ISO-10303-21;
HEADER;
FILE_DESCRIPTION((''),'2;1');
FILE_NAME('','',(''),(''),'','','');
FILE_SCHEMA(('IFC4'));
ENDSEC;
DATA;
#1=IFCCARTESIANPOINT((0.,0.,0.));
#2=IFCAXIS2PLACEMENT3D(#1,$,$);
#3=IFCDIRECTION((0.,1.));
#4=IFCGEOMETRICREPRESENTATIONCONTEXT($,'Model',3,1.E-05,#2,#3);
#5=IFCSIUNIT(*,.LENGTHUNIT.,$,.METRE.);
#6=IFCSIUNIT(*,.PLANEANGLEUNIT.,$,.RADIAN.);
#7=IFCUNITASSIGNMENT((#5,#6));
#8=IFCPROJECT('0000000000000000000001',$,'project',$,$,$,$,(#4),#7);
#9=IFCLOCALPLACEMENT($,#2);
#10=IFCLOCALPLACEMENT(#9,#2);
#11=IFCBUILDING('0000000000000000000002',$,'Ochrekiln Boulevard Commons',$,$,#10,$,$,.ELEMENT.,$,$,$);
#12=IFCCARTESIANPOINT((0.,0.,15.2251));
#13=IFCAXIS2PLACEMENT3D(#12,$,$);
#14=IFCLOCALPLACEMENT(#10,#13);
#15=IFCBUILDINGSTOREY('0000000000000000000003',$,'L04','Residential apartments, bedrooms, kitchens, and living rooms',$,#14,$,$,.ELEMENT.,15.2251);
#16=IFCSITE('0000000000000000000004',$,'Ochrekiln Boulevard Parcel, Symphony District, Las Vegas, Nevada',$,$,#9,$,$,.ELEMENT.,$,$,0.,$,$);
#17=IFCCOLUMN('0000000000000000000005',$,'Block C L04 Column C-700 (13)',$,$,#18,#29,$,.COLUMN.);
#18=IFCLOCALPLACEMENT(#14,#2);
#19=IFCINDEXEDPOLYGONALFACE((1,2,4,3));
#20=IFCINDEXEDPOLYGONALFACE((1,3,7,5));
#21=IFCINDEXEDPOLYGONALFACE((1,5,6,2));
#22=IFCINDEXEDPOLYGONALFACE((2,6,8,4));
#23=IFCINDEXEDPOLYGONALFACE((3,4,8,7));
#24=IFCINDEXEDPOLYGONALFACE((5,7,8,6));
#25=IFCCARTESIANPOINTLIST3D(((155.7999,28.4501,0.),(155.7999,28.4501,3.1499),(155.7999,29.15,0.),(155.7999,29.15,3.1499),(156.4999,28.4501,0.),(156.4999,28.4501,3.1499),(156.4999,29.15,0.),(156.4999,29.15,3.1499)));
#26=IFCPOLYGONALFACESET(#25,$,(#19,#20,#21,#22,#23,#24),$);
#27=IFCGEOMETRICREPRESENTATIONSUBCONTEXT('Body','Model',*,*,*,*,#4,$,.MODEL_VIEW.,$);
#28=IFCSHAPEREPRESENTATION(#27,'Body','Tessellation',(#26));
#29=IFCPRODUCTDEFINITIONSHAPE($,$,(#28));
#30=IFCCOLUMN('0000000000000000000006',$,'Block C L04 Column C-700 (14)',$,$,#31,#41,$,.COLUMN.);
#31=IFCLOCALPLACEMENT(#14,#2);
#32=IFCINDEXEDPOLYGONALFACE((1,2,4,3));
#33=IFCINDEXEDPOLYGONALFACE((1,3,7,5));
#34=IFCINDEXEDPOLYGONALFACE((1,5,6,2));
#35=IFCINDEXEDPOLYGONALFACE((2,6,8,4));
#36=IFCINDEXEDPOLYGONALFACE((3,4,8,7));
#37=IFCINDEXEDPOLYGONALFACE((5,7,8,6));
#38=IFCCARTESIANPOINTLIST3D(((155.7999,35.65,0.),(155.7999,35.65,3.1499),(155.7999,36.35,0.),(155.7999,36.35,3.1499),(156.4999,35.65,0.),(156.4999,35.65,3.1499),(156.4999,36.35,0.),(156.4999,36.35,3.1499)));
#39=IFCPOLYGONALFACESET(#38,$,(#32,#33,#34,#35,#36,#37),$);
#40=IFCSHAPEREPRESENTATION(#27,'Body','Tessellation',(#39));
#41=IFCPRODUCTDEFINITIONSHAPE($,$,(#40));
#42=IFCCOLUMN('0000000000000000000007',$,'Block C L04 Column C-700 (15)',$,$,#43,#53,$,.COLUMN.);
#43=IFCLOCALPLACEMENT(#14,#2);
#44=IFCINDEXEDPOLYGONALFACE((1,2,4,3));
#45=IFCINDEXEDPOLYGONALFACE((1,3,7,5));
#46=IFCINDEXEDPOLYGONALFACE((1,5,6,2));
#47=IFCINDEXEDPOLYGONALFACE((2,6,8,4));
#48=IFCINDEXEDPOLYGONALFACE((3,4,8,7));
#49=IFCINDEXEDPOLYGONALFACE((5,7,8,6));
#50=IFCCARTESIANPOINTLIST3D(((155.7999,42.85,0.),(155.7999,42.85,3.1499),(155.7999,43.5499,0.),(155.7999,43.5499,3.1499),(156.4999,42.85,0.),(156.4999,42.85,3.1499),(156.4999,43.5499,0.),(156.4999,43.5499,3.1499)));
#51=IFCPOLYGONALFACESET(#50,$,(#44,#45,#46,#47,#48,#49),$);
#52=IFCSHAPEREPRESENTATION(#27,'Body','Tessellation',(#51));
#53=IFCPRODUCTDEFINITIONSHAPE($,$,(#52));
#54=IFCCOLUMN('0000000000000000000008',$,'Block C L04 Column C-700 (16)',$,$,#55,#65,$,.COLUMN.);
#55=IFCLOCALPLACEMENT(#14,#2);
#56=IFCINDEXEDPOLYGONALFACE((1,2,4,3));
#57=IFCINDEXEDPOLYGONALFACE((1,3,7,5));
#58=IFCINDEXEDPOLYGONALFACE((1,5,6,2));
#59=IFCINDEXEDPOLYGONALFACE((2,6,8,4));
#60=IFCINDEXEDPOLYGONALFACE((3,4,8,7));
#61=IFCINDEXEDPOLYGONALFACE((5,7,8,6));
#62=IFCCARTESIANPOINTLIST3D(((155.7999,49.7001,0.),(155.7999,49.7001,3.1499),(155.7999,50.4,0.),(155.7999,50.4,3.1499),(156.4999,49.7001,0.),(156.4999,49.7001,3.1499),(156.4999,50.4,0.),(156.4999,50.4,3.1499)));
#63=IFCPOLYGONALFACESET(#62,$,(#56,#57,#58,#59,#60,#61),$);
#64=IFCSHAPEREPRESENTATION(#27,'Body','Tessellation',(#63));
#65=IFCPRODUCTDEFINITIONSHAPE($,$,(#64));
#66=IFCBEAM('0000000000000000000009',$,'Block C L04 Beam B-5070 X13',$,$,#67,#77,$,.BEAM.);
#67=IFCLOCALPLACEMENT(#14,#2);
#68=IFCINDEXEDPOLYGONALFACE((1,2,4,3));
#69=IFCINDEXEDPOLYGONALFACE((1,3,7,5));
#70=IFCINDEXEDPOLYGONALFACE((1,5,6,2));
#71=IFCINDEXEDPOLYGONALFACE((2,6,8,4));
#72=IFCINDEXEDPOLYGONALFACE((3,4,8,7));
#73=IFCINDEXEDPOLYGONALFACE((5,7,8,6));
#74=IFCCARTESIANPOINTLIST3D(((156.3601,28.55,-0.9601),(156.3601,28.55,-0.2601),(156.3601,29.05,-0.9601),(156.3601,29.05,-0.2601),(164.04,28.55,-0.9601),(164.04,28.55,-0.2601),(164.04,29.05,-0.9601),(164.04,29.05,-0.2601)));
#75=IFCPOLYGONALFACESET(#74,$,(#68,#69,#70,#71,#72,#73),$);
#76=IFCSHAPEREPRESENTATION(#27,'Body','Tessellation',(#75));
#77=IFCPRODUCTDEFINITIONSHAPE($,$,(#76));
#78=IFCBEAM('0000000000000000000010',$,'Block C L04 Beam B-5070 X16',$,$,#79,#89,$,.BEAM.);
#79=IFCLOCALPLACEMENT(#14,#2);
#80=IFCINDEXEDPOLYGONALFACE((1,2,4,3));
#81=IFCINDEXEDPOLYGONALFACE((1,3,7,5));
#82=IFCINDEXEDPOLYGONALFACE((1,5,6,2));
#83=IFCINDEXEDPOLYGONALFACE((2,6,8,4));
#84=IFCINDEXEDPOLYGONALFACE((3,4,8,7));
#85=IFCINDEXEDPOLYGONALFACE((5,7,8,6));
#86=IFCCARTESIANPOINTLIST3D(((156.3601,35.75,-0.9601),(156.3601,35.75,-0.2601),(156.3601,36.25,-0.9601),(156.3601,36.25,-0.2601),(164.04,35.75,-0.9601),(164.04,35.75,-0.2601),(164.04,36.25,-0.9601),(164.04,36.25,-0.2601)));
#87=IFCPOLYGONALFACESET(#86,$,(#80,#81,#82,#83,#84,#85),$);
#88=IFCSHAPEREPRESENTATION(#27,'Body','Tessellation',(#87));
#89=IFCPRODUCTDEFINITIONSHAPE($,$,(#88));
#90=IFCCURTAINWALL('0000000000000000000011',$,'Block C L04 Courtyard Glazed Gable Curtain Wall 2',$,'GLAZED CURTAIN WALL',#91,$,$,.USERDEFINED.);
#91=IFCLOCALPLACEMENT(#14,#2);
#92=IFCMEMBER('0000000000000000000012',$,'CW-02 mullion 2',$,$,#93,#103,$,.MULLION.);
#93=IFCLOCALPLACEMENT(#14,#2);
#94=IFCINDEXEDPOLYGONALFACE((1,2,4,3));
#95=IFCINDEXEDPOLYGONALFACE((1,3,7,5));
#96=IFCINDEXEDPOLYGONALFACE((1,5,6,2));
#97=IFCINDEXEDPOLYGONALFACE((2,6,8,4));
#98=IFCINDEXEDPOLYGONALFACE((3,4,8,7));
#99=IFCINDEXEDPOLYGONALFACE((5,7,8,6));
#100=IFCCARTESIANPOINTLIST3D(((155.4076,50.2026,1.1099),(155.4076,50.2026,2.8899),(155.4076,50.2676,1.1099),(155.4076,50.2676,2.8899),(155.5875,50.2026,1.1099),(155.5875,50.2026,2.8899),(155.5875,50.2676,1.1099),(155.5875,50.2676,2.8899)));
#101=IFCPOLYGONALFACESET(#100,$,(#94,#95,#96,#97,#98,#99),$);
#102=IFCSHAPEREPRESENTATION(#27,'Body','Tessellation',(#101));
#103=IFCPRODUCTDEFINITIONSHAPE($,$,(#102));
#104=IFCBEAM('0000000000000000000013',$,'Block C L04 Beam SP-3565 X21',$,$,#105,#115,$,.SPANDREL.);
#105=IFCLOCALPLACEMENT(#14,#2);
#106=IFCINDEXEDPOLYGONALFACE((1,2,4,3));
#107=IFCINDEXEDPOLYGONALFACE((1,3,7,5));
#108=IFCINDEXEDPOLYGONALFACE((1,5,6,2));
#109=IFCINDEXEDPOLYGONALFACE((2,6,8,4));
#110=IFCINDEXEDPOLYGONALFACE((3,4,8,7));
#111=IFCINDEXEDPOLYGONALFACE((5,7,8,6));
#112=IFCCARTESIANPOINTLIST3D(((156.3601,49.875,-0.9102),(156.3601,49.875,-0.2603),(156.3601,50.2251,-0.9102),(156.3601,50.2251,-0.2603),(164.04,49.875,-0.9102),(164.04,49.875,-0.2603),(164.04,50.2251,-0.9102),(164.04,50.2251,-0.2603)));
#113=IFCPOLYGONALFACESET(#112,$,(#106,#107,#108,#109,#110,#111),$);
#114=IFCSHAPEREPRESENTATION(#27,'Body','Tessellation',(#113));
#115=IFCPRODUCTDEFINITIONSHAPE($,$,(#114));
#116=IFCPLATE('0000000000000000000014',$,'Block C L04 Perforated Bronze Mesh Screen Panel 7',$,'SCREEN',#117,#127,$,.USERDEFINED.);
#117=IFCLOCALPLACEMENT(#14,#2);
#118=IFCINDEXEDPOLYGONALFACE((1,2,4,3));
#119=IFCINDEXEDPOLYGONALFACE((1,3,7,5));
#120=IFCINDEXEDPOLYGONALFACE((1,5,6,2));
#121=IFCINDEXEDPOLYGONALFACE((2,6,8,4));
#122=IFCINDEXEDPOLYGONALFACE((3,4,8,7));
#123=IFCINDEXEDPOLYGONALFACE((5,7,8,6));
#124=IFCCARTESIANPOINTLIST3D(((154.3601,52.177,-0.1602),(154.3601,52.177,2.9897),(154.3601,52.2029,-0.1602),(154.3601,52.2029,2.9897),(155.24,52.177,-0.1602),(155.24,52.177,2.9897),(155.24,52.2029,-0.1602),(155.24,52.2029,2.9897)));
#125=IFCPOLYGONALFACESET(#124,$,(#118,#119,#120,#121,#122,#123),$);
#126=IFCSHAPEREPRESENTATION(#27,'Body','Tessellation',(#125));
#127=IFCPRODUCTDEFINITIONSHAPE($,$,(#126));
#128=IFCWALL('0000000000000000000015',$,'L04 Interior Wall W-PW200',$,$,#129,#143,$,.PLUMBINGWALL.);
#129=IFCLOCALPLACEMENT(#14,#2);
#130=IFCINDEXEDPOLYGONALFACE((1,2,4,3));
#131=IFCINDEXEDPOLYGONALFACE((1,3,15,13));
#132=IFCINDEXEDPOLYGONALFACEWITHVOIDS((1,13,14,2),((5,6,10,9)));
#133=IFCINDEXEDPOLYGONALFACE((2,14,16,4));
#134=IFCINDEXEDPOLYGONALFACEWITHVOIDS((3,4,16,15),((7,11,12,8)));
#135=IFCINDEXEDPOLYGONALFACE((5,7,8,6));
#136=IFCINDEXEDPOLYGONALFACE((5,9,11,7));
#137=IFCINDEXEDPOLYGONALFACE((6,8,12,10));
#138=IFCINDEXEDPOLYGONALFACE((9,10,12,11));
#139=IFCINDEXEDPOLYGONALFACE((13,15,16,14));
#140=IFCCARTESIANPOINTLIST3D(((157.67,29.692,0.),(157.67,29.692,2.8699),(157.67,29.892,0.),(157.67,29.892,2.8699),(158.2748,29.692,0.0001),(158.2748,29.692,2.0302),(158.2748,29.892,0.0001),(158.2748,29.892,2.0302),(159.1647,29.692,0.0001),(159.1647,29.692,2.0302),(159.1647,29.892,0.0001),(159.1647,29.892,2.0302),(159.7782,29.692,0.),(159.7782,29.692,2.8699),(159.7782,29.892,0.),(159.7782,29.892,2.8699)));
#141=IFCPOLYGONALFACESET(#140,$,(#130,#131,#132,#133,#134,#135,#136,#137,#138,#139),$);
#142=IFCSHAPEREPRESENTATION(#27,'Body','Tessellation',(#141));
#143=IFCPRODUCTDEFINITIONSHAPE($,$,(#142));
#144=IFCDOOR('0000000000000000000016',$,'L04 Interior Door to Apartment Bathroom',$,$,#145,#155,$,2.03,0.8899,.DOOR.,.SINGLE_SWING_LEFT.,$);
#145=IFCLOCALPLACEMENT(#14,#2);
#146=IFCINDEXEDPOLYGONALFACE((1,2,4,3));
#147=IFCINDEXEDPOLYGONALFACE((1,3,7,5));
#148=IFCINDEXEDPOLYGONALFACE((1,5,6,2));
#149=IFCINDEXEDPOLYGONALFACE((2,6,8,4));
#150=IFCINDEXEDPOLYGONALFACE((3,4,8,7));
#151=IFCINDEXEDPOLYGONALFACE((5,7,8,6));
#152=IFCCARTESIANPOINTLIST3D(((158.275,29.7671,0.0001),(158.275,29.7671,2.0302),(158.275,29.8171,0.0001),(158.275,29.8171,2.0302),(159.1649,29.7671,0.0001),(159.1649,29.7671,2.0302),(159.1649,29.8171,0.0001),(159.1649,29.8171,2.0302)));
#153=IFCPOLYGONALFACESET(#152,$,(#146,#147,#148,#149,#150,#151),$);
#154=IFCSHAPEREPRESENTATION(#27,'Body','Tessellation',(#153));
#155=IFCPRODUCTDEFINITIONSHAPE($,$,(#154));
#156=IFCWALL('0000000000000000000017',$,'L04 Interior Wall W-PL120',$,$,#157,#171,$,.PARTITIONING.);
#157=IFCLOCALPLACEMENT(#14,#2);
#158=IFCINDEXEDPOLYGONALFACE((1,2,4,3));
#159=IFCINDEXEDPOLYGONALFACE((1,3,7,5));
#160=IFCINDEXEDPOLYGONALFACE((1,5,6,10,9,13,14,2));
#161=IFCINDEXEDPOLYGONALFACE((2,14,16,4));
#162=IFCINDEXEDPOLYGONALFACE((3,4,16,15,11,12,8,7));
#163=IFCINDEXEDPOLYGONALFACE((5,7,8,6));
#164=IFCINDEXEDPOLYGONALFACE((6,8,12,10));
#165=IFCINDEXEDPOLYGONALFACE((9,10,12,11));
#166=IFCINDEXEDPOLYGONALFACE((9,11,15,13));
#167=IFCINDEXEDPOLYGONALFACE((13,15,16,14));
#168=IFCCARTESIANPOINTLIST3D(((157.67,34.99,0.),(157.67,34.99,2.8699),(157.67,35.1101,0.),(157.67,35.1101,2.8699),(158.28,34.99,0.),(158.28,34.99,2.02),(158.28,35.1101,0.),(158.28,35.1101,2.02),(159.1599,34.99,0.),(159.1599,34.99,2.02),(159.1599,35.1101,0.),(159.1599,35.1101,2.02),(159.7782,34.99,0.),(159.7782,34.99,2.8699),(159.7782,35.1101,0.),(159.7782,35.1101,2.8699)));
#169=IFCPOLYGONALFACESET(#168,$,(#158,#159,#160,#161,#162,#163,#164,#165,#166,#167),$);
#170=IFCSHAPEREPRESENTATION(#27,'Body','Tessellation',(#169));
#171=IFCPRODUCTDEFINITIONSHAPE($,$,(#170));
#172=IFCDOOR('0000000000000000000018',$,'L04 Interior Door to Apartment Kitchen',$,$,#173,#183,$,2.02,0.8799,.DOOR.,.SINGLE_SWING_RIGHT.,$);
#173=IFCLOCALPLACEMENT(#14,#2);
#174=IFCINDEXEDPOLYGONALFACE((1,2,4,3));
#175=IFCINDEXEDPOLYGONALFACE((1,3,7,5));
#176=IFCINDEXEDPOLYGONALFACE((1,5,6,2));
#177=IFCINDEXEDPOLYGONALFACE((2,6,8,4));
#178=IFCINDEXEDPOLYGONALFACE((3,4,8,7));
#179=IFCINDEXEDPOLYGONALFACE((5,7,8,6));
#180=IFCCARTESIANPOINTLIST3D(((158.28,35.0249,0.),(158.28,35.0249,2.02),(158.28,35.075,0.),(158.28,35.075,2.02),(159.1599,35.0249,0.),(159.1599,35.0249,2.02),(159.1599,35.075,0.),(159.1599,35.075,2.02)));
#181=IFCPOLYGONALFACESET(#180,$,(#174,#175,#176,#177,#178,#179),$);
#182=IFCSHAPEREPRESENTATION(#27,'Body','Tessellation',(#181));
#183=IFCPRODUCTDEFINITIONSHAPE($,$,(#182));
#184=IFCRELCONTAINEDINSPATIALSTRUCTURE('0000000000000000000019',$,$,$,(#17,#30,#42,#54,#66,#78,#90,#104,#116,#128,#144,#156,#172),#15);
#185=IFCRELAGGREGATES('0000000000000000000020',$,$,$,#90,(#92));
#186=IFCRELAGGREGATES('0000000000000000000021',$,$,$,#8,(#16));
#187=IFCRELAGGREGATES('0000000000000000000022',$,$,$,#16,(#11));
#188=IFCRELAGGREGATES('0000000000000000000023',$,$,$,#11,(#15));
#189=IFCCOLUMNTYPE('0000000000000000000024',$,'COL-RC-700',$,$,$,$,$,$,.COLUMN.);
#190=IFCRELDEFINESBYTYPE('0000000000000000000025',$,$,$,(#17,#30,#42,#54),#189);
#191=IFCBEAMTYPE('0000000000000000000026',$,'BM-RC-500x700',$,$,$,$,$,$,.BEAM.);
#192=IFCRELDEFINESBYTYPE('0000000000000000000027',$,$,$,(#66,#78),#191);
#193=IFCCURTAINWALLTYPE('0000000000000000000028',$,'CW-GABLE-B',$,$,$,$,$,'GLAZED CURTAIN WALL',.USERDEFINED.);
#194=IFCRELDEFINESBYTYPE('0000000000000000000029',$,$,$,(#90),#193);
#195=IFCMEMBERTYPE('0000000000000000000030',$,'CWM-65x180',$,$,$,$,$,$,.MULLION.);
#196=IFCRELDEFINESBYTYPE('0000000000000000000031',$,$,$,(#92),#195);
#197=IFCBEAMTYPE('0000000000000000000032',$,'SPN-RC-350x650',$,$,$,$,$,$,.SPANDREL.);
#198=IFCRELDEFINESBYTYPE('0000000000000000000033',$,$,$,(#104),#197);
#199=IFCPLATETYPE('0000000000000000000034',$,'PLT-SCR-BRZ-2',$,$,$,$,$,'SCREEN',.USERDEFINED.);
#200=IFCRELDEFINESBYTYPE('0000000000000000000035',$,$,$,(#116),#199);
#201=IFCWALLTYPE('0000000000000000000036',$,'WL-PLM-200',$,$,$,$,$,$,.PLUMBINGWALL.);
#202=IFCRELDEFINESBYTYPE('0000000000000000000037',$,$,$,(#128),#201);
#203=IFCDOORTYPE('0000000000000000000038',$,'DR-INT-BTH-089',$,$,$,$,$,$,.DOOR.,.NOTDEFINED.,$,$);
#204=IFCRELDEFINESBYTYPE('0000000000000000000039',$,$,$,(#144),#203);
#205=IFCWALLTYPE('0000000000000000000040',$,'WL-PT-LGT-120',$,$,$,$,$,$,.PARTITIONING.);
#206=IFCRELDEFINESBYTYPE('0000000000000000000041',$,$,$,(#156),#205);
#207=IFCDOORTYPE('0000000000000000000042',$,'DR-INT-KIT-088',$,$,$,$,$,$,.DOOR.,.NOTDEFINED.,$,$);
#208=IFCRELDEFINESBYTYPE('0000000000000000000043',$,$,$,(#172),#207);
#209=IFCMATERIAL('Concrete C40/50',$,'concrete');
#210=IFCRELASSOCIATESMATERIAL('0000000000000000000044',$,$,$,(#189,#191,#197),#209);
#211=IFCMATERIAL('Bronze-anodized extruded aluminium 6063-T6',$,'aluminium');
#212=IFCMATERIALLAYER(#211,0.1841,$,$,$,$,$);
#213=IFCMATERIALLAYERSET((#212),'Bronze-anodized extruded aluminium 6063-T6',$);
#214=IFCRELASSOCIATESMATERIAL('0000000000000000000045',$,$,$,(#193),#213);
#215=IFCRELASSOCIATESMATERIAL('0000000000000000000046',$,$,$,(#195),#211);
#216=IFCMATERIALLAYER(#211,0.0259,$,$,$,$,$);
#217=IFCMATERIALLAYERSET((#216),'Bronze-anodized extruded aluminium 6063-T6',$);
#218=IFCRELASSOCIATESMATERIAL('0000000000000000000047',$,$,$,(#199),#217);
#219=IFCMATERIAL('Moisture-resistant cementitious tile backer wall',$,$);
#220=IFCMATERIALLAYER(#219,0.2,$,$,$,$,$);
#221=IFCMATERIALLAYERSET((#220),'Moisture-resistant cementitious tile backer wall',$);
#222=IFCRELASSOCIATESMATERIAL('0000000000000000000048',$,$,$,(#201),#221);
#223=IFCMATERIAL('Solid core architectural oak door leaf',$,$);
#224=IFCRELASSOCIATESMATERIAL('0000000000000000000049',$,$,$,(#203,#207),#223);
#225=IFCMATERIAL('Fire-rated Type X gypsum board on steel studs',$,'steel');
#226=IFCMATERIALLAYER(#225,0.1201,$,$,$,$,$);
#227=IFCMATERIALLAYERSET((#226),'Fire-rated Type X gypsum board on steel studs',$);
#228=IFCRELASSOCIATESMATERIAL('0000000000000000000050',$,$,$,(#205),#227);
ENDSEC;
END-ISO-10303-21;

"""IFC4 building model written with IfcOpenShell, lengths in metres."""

from ifc_helpers import new_model, si_unit, direction, frame, frame_2d, origin, origin_2d, place, context, subcontext, project, spatial, rectangle, extrude, material, layer, layer_set, material_profile, profile_set, type_object, element, fill, aggregate, save


model = new_model("IFC4")

# Units and contexts
model_context = context("Model", 3, precision=1e-05, world=origin(), true_north=direction((0.0, 1.0)))
body_context = subcontext(model_context, "Body", "Model", "MODEL_VIEW")
ifc_project = project(units=[si_unit("LENGTHUNIT", "METRE"), si_unit("PLANEANGLEUNIT", "RADIAN")], contexts=[model_context])

# Site, building, storey
site_placement = place(None, origin())
site = spatial("IfcSite", under=ifc_project, at=site_placement, Name="Ochrekiln Boulevard Parcel, Symphony District, Las Vegas, Nevada", CompositionType="ELEMENT", RefElevation=0.0)
building_placement = place(site_placement, origin())
building = spatial("IfcBuilding", under=site, at=building_placement, Name="Ochrekiln Boulevard Commons", CompositionType="ELEMENT")
storey_placement = place(building_placement, frame((0.0, 0.0, 15.2251)))
storey = spatial("IfcBuildingStorey", under=building, at=storey_placement, Name="L04", Description="Residential apartments, bedrooms, kitchens, and living rooms", CompositionType="ELEMENT", Elevation=15.2251)

# Columns
ifc_material_1 = material(Name="Concrete C40/50", Category="concrete")
ifc_material_profile_1 = material_profile(ifc_material_1, rectangle(XDim=0.7, YDim=0.7, at=origin_2d()), Name="RC-COL-700x700")
ifc_profile_set_1 = profile_set([ifc_material_profile_1], Name="Concrete C40/50")
column_type = type_object("IfcColumnType", Name="COL-RC-700", PredefinedType="COLUMN", material=ifc_profile_set_1)
for number, where, z_axis, x_axis, name in (
    (1, (156.1499, 28.8, 0.0), (0.0, 0.0, 1.0), (1.0, 0.0, 0.0), "Block C L04 Column C-700 (13)"),
    (2, (156.1499, 36.0, 0.0), (0.0, 0.0, 1.0), (1.0, 0.0, 0.0), "Block C L04 Column C-700 (14)"),
    (3, (156.1499, 43.2, 0.0), (0.0, 0.0, 1.0), (1.0, 0.0, 0.0), "Block C L04 Column C-700 (15)"),
    (4, (156.1499, 50.05, 0.0), (0.0, 0.0, 1.0), (1.0, 0.0, 0.0), "Block C L04 Column C-700 (16)"),
):
    element("IfcColumn", number, at=place(storey_placement, frame(where, z_axis=z_axis, x_axis=x_axis)), inside=storey, type_object=column_type, Name=name, PredefinedType="COLUMN", context=body_context, shape_type="SweptSolid", body=[
        extrude(rectangle(XDim=0.7, YDim=0.7, at=origin_2d()), origin(), (0.0, 0.0, 1.0), 3.1499),
    ])

# Beams
ifc_material_profile_2 = material_profile(ifc_material_1, rectangle(XDim=0.5, YDim=0.7, at=origin_2d()), Name="RC-BM-500x700")
ifc_profile_set_2 = profile_set([ifc_material_profile_2], Name="Concrete C40/50")
beam_type_1 = type_object("IfcBeamType", Name="BM-RC-500x700", PredefinedType="BEAM", material=ifc_profile_set_2)
for number, where, z_axis, x_axis, name in (
    (5, (156.3601, 28.8, -0.6101), (1.0, 0.0, 0.0), (0.0, 1.0, 0.0), "Block C L04 Beam B-5070 X13"),
    (6, (156.3601, 36.0, -0.6101), (1.0, 0.0, 0.0), (0.0, 1.0, 0.0), "Block C L04 Beam B-5070 X16"),
):
    element("IfcBeam", number, at=place(storey_placement, frame(where, z_axis=z_axis, x_axis=x_axis)), inside=storey, type_object=beam_type_1, Name=name, PredefinedType="BEAM", context=body_context, shape_type="SweptSolid", body=[
        extrude(rectangle(XDim=0.5, YDim=0.7, at=origin_2d()), origin(), (0.0, 0.0, 1.0), 7.6799),
    ])

# Curtain wall, member
ifc_material_2 = material(Name="Bronze-anodized extruded aluminium 6063-T6", Category="aluminium")
ifc_layer_1 = layer(ifc_material_2, 0.1841)
ifc_layer_set_1 = layer_set([ifc_layer_1], Name="Bronze-anodized extruded aluminium 6063-T6")
curtain_wall_type = type_object("IfcCurtainWallType", Name="CW-GABLE-B", ElementType="GLAZED CURTAIN WALL", PredefinedType="USERDEFINED", material=ifc_layer_set_1)
curtain_wall_placement = place(storey_placement, origin())
curtain_wall = element("IfcCurtainWall", 7, at=curtain_wall_placement, inside=storey, type_object=curtain_wall_type, Name="Block C L04 Courtyard Glazed Gable Curtain Wall 2", ObjectType="GLAZED CURTAIN WALL", PredefinedType="USERDEFINED")
ifc_material_profile_3 = material_profile(ifc_material_2, rectangle(XDim=0.0649, YDim=0.1799, at=origin_2d()), Name="ALU-MUL-65x180")
ifc_profile_set_3 = profile_set([ifc_material_profile_3], Name="Bronze-anodized extruded aluminium 6063-T6")
member_type = type_object("IfcMemberType", Name="CWM-65x180", PredefinedType="MULLION", material=ifc_profile_set_3)
member_placement = place(storey_placement, frame((155.4976, 50.2351, 1.1099), z_axis=(0.0, 0.0, 1.0), x_axis=(0.0, 1.0, 0.0)))
member = element("IfcMember", 8, at=member_placement, type_object=member_type, Name="CW-02 mullion 2", PredefinedType="MULLION", context=body_context, shape_type="SweptSolid", body=[
    extrude(rectangle(XDim=0.0649, YDim=0.1799, at=origin_2d()), origin(), (0.0, 0.0, 1.0), 1.78),
])
aggregate(curtain_wall, [member])

# Beam
ifc_material_profile_4 = material_profile(ifc_material_1, rectangle(XDim=0.3501, YDim=0.6499, at=origin_2d()), Name="RC-SPN-350x650")
ifc_profile_set_4 = profile_set([ifc_material_profile_4], Name="Concrete C40/50")
beam_type_2 = type_object("IfcBeamType", Name="SPN-RC-350x650", PredefinedType="SPANDREL", material=ifc_profile_set_4)
beam_placement = place(storey_placement, frame((156.3601, 50.05, -0.5852), z_axis=(1.0, 0.0, 0.0), x_axis=(0.0, 1.0, 0.0)))
element("IfcBeam", 9, at=beam_placement, inside=storey, type_object=beam_type_2, Name="Block C L04 Beam SP-3565 X21", PredefinedType="SPANDREL", context=body_context, shape_type="SweptSolid", body=[
    extrude(rectangle(XDim=0.3501, YDim=0.6499, at=origin_2d()), origin(), (0.0, 0.0, 1.0), 7.6799),
])

# Plate
ifc_layer_2 = layer(ifc_material_2, 0.0259)
ifc_layer_set_2 = layer_set([ifc_layer_2], Name="Bronze-anodized extruded aluminium 6063-T6")
plate_type = type_object("IfcPlateType", Name="PLT-SCR-BRZ-2", ElementType="SCREEN", PredefinedType="USERDEFINED", material=ifc_layer_set_2)
plate_placement = place(storey_placement, frame((154.8, 52.1899, -0.1602), z_axis=(0.0, 0.0, 1.0), x_axis=(1.0, 0.0, 0.0)))
element("IfcPlate", 10, at=plate_placement, inside=storey, type_object=plate_type, Name="Block C L04 Perforated Bronze Mesh Screen Panel 7", ObjectType="SCREEN", PredefinedType="USERDEFINED", context=body_context, shape_type="SweptSolid", body=[
    extrude(rectangle(XDim=0.8799, YDim=0.0259, at=origin_2d()), origin(), (0.0, 0.0, 1.0), 3.1499),
])

# Walls, openings, doors
ifc_material_3 = material(Name="Moisture-resistant cementitious tile backer wall")
ifc_layer_3 = layer(ifc_material_3, 0.2)
ifc_layer_set_3 = layer_set([ifc_layer_3], Name="Moisture-resistant cementitious tile backer wall")
wall_type_1 = type_object("IfcWallType", Name="WL-PLM-200", PredefinedType="PLUMBINGWALL", material=ifc_layer_set_3)
wall_1_placement = place(storey_placement, frame((157.6699, 29.792, 0.0), z_axis=(0.0, 0.0, 1.0), x_axis=(1.0, 0.0, 0.0)))
wall_1 = element("IfcWall", 11, at=wall_1_placement, inside=storey, type_object=wall_type_1, Name="L04 Interior Wall W-PW200", PredefinedType="PLUMBINGWALL", context=body_context, shape_type="SweptSolid", body=[
    extrude(rectangle(XDim=2.1082, YDim=0.2, at=frame_2d((1.0542, 0.0))), origin(), (0.0, 0.0, 1.0), 2.8699),
])
opening_1_placement = place(wall_1_placement, frame((0.605, 0.0, 0.0)))
opening_1 = element("IfcOpeningElement", 12, at=opening_1_placement, cuts=wall_1, PredefinedType="OPENING", context=body_context, shape_type="SweptSolid", body=[
    extrude(rectangle(XDim=0.8899, YDim=2.03, at=frame_2d((0.4448, 1.0151))), frame((0.0, 0.1099, 0.0), z_axis=(0.0, -1.0, 0.0), x_axis=(1.0, 0.0, 0.0)), (0.0, 0.0, 1.0), 0.22),
])
ifc_material_4 = material(Name="Solid core architectural oak door leaf")
door_type_1 = type_object("IfcDoorType", Name="DR-INT-BTH-089", OperationType="NOTDEFINED", PredefinedType="DOOR", material=ifc_material_4)
door_1_placement = place(opening_1_placement, frame((0.8899, 0.0, 0.0), z_axis=(0.0, 0.0, 1.0), x_axis=(-1.0, 0.0, 0.0)))
door_1 = element("IfcDoor", 13, at=door_1_placement, inside=storey, type_object=door_type_1, Name="L04 Interior Door to Apartment Bathroom", OperationType="SINGLE_SWING_LEFT", OverallHeight=2.03, OverallWidth=0.8899, PredefinedType="DOOR", context=body_context, shape_type="SweptSolid", body=[
    extrude(rectangle(XDim=0.8899, YDim=2.03, at=frame_2d((0.4448, 1.0151))), frame((0.0, 0.0249, 0.0), z_axis=(0.0, -1.0, 0.0), x_axis=(1.0, 0.0, 0.0)), (0.0, 0.0, 1.0), 0.05),
])
fill(opening_1, door_1)
ifc_material_5 = material(Name="Fire-rated Type X gypsum board on steel studs", Category="steel")
ifc_layer_4 = layer(ifc_material_5, 0.1201)
ifc_layer_set_4 = layer_set([ifc_layer_4], Name="Fire-rated Type X gypsum board on steel studs")
wall_type_2 = type_object("IfcWallType", Name="WL-PT-LGT-120", PredefinedType="PARTITIONING", material=ifc_layer_set_4)
wall_2_placement = place(storey_placement, frame((157.6699, 35.05, 0.0), z_axis=(0.0, 0.0, 1.0), x_axis=(1.0, 0.0, 0.0)))
wall_2 = element("IfcWall", 14, at=wall_2_placement, inside=storey, type_object=wall_type_2, Name="L04 Interior Wall W-PL120", PredefinedType="PARTITIONING", context=body_context, shape_type="SweptSolid", body=[
    extrude(rectangle(XDim=2.1082, YDim=0.1201, at=frame_2d((1.0542, 0.0))), origin(), (0.0, 0.0, 1.0), 2.8699),
])
opening_2_placement = place(wall_2_placement, frame((0.6101, 0.0, 0.0)))
opening_2 = element("IfcOpeningElement", 15, at=opening_2_placement, cuts=wall_2, PredefinedType="OPENING", context=body_context, shape_type="SweptSolid", body=[
    extrude(rectangle(XDim=0.8799, YDim=2.02, at=frame_2d((0.4399, 1.01))), frame((0.0, 0.0701, 0.0), z_axis=(0.0, -1.0, 0.0), x_axis=(1.0, 0.0, 0.0)), (0.0, 0.0, 1.0), 0.1401),
])
door_type_2 = type_object("IfcDoorType", Name="DR-INT-KIT-088", OperationType="NOTDEFINED", PredefinedType="DOOR", material=ifc_material_4)
door_2_placement = place(opening_2_placement, origin())
door_2 = element("IfcDoor", 16, at=door_2_placement, inside=storey, type_object=door_type_2, Name="L04 Interior Door to Apartment Kitchen", OperationType="SINGLE_SWING_RIGHT", OverallHeight=2.02, OverallWidth=0.8799, PredefinedType="DOOR", context=body_context, shape_type="SweptSolid", body=[
    extrude(rectangle(XDim=0.8799, YDim=2.02, at=frame_2d((0.4399, 1.01))), frame((0.0, 0.0249, 0.0), z_axis=(0.0, -1.0, 0.0), x_axis=(1.0, 0.0, 0.0)), (0.0, 0.0, 1.0), 0.05),
])
fill(opening_2, door_2)

save(model, "model.ifc")
